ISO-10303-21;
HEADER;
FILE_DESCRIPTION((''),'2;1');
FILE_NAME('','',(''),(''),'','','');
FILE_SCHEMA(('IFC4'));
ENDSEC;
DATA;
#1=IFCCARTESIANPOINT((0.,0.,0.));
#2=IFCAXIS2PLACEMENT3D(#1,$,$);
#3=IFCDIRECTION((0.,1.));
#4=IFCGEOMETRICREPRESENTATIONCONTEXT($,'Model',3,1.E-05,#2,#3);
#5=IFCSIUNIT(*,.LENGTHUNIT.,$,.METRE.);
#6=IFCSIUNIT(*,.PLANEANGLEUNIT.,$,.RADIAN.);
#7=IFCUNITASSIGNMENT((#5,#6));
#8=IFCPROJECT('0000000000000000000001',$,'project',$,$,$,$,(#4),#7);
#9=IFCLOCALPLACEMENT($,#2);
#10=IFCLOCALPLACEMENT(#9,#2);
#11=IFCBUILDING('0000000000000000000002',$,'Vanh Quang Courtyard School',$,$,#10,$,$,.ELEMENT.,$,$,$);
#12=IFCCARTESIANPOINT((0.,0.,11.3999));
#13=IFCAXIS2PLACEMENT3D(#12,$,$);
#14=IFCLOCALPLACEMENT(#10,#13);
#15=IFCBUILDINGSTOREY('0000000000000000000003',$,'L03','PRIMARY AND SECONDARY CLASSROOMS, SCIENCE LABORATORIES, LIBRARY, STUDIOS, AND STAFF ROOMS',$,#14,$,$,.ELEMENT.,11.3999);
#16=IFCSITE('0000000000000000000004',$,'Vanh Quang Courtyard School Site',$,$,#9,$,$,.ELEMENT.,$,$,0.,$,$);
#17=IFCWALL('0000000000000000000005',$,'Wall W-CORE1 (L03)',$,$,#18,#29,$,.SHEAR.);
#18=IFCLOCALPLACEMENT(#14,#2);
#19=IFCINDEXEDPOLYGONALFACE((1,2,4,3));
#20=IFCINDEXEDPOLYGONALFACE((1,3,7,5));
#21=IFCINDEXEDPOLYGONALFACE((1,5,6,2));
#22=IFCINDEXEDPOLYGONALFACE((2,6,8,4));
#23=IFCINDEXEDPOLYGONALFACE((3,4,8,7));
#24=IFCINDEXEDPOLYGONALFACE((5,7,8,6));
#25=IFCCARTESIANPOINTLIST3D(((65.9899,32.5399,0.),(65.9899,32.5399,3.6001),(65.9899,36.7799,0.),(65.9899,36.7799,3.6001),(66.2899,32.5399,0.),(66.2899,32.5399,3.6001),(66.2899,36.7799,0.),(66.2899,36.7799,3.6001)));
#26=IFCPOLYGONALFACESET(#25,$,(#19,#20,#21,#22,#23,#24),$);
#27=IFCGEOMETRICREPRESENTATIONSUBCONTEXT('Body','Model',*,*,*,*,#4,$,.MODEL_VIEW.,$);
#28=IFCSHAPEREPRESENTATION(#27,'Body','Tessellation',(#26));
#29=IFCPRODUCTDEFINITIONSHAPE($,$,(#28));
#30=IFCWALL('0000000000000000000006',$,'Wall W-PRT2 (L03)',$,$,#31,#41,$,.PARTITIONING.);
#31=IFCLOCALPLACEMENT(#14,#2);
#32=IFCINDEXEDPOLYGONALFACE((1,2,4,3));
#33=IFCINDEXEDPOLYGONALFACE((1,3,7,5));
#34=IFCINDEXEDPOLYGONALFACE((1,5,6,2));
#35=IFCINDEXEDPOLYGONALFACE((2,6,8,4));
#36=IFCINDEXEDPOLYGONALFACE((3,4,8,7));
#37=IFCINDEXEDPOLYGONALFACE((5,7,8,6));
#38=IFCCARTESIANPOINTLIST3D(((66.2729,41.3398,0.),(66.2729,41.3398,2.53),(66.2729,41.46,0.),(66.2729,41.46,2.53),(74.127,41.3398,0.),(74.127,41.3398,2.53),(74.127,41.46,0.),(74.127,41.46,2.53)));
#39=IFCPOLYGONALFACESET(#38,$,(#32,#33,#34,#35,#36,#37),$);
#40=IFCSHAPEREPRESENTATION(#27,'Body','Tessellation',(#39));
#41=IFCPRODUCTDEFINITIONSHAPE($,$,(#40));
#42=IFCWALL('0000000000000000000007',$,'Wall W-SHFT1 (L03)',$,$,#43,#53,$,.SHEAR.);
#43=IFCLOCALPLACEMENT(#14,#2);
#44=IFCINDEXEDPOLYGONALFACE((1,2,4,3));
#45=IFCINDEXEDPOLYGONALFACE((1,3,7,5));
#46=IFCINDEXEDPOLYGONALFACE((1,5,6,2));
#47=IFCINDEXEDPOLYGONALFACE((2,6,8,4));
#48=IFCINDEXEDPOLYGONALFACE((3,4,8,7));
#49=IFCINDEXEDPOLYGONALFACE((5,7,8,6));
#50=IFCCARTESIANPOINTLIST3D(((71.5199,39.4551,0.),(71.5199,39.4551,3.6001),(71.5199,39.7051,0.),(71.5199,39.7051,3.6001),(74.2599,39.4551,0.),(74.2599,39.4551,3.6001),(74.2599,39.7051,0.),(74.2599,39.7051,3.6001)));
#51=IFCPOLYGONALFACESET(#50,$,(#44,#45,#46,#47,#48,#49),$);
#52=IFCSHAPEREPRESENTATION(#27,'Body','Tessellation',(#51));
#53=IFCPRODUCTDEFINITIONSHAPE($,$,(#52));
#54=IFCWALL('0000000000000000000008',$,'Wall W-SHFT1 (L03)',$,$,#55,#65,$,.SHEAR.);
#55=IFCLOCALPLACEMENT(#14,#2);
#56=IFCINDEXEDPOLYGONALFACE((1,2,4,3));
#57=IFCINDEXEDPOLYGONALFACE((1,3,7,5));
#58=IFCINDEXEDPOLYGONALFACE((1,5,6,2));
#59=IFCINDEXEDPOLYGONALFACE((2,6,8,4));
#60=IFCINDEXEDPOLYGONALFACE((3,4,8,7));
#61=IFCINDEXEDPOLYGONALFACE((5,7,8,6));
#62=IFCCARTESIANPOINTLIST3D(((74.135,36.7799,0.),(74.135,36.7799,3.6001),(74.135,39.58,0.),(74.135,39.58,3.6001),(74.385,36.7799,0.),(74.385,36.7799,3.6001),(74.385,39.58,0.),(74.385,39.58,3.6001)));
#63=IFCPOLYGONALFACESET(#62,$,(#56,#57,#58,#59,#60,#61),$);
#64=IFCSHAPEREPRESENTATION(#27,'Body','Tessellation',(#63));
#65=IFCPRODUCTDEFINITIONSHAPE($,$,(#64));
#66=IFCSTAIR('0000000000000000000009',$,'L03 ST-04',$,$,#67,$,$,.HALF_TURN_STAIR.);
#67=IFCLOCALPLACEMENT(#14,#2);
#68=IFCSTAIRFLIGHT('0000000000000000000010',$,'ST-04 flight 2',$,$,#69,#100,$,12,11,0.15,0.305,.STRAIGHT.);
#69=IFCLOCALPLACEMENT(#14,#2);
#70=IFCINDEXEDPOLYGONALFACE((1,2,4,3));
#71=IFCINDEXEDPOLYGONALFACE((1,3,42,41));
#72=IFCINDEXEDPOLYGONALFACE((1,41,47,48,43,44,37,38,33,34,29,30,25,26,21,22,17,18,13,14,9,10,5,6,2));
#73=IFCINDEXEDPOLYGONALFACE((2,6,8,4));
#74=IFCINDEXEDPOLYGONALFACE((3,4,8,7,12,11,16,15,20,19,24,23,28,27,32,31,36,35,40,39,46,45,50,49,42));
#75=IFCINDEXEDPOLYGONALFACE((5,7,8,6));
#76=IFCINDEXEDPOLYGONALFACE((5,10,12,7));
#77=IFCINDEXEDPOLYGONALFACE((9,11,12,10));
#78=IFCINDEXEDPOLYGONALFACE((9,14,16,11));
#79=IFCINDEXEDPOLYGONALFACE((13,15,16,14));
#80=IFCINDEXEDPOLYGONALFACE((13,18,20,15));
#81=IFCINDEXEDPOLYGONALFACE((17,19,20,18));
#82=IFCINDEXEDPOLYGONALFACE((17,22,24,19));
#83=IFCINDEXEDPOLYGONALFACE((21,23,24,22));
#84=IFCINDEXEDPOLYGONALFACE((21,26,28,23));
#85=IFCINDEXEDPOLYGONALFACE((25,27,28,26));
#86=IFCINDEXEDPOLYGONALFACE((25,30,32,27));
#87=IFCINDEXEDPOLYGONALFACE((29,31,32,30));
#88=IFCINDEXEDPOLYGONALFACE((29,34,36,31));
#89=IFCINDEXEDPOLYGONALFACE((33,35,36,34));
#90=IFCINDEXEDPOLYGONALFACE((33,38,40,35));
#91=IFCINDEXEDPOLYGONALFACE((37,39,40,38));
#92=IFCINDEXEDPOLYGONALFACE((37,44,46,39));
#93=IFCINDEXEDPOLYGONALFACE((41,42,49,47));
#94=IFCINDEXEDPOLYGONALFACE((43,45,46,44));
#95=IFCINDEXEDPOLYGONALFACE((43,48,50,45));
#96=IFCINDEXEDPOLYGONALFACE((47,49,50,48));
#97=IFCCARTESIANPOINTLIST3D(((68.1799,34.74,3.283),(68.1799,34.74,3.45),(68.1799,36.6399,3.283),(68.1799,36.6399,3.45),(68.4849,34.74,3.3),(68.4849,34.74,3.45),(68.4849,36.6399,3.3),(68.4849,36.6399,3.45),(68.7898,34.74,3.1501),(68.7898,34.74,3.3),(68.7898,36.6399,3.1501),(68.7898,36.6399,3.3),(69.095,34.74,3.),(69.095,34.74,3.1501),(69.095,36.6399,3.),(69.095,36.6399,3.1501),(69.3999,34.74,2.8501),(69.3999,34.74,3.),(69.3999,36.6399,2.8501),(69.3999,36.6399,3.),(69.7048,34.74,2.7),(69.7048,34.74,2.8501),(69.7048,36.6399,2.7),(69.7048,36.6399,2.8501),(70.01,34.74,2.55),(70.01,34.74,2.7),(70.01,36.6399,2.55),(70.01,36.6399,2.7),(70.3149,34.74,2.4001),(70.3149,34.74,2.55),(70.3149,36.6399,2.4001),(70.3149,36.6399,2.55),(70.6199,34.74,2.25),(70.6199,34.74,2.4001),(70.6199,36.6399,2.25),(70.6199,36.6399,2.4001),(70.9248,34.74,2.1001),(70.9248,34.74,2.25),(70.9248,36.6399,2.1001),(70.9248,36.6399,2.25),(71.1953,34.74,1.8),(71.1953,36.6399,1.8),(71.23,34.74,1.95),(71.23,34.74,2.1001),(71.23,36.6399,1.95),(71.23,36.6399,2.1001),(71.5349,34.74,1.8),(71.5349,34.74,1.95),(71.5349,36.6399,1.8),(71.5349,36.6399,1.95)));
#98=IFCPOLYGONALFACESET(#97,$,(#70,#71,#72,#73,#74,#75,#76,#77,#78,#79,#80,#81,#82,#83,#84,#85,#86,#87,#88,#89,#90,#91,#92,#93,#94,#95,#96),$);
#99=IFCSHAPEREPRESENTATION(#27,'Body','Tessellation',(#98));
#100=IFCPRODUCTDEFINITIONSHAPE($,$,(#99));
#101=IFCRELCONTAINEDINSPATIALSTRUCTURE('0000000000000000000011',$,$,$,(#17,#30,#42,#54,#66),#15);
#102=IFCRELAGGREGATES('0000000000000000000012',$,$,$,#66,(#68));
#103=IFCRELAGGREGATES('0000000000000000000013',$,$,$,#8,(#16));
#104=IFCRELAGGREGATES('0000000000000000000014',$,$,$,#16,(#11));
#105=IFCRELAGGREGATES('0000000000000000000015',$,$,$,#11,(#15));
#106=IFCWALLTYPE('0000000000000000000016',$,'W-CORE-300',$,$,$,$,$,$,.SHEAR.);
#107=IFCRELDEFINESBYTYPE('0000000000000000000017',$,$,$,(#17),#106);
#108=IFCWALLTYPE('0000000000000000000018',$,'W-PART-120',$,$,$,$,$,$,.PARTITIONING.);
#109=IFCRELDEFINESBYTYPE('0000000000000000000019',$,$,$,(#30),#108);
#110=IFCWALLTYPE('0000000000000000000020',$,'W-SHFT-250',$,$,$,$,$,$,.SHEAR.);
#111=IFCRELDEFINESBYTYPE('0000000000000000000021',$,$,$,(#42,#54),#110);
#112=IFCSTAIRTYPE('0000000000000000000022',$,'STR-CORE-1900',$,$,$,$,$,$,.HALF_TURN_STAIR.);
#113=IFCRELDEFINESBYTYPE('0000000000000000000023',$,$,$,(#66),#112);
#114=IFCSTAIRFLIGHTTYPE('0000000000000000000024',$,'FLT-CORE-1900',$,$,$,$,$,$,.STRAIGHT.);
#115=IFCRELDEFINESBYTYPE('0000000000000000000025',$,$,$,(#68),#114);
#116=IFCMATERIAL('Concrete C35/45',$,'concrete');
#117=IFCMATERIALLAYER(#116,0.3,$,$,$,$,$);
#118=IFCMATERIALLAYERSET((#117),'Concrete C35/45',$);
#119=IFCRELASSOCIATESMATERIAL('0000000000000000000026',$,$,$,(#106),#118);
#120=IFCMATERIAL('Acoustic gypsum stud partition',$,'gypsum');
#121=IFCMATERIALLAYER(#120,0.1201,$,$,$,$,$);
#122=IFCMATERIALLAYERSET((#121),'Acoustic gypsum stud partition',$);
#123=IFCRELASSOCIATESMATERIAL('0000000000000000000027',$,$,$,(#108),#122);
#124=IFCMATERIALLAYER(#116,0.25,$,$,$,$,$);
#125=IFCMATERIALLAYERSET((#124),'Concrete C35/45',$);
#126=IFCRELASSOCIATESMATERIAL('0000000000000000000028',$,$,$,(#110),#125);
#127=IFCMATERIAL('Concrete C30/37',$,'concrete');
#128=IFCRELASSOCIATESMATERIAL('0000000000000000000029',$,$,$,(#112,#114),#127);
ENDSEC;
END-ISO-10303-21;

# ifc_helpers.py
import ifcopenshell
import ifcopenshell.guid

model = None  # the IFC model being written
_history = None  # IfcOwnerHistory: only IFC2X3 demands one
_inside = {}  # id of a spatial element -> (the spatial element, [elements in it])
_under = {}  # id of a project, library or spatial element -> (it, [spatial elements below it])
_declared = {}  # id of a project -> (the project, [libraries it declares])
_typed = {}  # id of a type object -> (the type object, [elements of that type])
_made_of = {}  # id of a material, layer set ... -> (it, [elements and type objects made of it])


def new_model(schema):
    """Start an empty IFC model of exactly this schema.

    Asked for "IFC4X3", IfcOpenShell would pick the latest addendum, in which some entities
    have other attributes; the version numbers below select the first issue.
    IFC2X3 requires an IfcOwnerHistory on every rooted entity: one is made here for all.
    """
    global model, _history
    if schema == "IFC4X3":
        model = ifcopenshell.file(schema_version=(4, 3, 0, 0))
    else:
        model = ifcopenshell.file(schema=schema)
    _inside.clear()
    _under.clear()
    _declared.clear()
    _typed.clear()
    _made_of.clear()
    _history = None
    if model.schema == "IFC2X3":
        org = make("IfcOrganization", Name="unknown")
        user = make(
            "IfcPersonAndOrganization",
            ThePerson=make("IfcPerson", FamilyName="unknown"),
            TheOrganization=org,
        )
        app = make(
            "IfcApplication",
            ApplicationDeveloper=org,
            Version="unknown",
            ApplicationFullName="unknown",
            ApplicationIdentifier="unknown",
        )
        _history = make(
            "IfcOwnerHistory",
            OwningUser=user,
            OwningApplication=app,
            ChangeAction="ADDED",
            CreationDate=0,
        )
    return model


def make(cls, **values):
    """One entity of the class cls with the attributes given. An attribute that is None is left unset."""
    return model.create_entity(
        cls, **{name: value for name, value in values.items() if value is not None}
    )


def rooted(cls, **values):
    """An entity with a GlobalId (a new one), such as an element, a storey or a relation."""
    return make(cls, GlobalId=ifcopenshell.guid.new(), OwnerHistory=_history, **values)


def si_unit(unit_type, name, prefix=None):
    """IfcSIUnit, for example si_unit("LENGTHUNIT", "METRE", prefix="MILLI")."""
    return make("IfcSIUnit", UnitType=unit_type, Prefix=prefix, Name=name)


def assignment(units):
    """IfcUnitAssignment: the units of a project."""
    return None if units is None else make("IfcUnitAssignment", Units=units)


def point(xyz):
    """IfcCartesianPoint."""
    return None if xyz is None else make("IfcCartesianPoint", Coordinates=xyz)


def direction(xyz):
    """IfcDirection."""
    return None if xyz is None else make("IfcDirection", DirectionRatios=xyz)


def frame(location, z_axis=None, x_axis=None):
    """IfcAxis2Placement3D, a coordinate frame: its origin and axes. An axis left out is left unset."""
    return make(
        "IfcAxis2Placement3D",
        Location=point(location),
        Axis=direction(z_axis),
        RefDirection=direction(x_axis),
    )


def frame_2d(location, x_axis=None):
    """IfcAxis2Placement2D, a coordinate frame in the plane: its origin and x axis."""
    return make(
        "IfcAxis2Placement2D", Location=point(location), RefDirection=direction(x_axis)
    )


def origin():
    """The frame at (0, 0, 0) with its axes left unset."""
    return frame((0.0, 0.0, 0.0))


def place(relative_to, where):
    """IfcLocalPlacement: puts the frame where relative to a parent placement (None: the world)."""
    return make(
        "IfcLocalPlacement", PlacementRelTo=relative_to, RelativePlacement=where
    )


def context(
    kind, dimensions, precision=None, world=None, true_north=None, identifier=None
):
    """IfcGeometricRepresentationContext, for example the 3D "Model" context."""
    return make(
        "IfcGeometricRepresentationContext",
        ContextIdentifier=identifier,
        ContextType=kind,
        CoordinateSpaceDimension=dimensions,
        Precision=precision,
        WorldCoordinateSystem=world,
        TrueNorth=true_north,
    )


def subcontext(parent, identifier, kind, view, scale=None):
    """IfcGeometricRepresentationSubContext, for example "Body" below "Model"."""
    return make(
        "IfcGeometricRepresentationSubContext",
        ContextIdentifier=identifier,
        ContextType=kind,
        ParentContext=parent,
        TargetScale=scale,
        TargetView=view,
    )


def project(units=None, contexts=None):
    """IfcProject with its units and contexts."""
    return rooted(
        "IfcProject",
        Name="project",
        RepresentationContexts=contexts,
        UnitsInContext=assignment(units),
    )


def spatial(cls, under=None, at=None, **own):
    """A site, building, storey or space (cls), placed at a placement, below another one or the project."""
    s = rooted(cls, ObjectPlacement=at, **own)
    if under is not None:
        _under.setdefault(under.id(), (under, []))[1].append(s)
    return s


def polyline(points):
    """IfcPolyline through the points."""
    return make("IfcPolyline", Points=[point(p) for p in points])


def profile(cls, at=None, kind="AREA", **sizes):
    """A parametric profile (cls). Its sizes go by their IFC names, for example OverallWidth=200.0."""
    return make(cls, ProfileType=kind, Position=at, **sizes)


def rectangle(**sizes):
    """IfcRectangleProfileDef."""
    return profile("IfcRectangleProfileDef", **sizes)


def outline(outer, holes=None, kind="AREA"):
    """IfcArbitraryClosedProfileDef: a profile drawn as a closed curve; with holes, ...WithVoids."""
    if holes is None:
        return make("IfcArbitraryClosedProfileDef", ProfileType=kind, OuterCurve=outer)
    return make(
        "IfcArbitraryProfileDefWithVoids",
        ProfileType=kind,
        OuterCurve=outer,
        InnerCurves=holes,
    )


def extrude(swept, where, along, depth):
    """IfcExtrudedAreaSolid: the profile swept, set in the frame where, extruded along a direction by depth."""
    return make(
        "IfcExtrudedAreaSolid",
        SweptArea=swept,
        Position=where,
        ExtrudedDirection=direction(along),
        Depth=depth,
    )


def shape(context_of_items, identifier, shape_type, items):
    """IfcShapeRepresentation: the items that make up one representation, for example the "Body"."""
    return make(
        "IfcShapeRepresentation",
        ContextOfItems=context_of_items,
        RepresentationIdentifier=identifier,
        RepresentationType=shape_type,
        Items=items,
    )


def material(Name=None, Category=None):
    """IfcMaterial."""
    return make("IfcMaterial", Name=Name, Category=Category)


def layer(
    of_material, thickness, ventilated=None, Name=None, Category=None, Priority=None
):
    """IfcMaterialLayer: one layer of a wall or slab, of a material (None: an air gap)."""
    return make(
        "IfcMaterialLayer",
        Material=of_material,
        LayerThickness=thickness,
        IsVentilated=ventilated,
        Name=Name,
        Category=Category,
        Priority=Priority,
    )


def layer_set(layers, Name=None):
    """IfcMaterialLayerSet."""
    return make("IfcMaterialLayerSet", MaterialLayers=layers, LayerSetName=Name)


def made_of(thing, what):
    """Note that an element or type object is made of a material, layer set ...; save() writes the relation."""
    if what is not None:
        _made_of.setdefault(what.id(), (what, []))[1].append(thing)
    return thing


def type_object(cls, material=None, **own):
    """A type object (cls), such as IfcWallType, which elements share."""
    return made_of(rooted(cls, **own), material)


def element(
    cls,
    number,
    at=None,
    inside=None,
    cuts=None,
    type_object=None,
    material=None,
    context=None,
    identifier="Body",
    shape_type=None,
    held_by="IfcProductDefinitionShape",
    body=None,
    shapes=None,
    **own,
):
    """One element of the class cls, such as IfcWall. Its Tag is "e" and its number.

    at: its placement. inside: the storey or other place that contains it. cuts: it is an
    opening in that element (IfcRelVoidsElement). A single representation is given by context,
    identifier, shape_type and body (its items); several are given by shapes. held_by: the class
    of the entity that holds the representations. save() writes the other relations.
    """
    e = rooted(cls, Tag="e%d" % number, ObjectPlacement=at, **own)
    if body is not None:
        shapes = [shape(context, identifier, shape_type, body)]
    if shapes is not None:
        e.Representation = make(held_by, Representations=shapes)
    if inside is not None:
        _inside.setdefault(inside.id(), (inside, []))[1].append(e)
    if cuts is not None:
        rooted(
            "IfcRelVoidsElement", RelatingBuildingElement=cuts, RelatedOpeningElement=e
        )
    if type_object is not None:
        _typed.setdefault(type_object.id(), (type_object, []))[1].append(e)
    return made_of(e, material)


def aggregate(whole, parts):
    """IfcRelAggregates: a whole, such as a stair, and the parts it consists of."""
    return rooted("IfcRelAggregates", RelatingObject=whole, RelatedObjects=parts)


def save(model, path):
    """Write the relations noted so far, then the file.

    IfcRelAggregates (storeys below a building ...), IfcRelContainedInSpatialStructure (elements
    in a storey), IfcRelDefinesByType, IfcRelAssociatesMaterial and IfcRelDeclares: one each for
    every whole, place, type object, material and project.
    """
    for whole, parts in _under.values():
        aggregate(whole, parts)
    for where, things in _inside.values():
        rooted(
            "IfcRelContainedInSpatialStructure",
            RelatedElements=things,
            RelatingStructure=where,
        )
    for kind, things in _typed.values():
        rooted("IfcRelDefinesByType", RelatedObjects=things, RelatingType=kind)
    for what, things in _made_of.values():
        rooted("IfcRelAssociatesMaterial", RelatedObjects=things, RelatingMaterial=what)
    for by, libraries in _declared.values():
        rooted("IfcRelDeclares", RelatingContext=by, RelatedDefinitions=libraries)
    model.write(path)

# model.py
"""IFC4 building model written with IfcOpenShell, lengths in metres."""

from ifc_helpers import new_model, si_unit, direction, frame, frame_2d, origin, place, context, subcontext, project, spatial, polyline, rectangle, outline, extrude, material, layer, layer_set, type_object, element, aggregate, save


model = new_model("IFC4")

# Units and contexts
model_context = context("Model", 3, precision=1e-05, world=origin(), true_north=direction((0.0, 1.0)))
body_context = subcontext(model_context, "Body", "Model", "MODEL_VIEW")
ifc_project = project(units=[si_unit("LENGTHUNIT", "METRE"), si_unit("PLANEANGLEUNIT", "RADIAN")], contexts=[model_context])

# Site, building, storey
site_placement = place(None, origin())
site = spatial("IfcSite", under=ifc_project, at=site_placement, Name="Vanh Quang Courtyard School Site", CompositionType="ELEMENT", RefElevation=0.0)
building_placement = place(site_placement, origin())
building = spatial("IfcBuilding", under=site, at=building_placement, Name="Vanh Quang Courtyard School", CompositionType="ELEMENT")
storey_placement = place(building_placement, frame((0.0, 0.0, 11.3999)))
storey = spatial("IfcBuildingStorey", under=building, at=storey_placement, Name="L03", Description="PRIMARY AND SECONDARY CLASSROOMS, SCIENCE LABORATORIES, LIBRARY, STUDIOS, AND STAFF ROOMS", CompositionType="ELEMENT", Elevation=11.3999)

# Shared definitions
ifc_material_1 = material(Name="Concrete C35/45", Category="concrete")

# Shared definitions
ifc_layer_1 = layer(ifc_material_1, 0.3)
ifc_layer_set_1 = layer_set([ifc_layer_1], Name="Concrete C35/45")
wall_type_1 = type_object("IfcWallType", Name="W-CORE-300", PredefinedType="SHEAR", material=ifc_layer_set_1)

# Walls
wall_1_placement = place(storey_placement, frame((66.1399, 36.78, 0.0), z_axis=(0.0, 0.0, 1.0), x_axis=(0.0, -1.0, 0.0)))
element("IfcWall", 1, at=wall_1_placement, inside=storey, type_object=wall_type_1, Name="Wall W-CORE1 (L03)", PredefinedType="SHEAR", context=body_context, shape_type="SweptSolid", body=[
    extrude(rectangle(XDim=4.24, YDim=0.3, at=frame_2d((2.1201, 0.0))), origin(), (0.0, 0.0, 1.0), 3.6001),
])
ifc_material_2 = material(Name="Acoustic gypsum stud partition", Category="gypsum")
ifc_layer_2 = layer(ifc_material_2, 0.1201)
ifc_layer_set_2 = layer_set([ifc_layer_2], Name="Acoustic gypsum stud partition")
wall_type_2 = type_object("IfcWallType", Name="W-PART-120", PredefinedType="PARTITIONING", material=ifc_layer_set_2)
wall_2_placement = place(storey_placement, frame((74.127, 41.3999, 0.0), z_axis=(0.0, 0.0, 1.0), x_axis=(-1.0, 0.0, 0.0)))
element("IfcWall", 2, at=wall_2_placement, inside=storey, type_object=wall_type_2, Name="Wall W-PRT2 (L03)", PredefinedType="PARTITIONING", context=body_context, shape_type="SweptSolid", body=[
    extrude(rectangle(XDim=7.854, YDim=0.1201, at=frame_2d((3.927, 0.0))), origin(), (0.0, 0.0, 1.0), 2.53),
])

# Shared definitions
ifc_layer_3 = layer(ifc_material_1, 0.25)
ifc_layer_set_3 = layer_set([ifc_layer_3], Name="Concrete C35/45")
wall_type_3 = type_object("IfcWallType", Name="W-SHFT-250", PredefinedType="SHEAR", material=ifc_layer_set_3)

# Walls
wall_3_placement = place(storey_placement, frame((74.26, 39.5801, 0.0), z_axis=(0.0, 0.0, 1.0), x_axis=(-1.0, 0.0, 0.0)))
element("IfcWall", 3, at=wall_3_placement, inside=storey, type_object=wall_type_3, Name="Wall W-SHFT1 (L03)", PredefinedType="SHEAR", context=body_context, shape_type="SweptSolid", body=[
    extrude(rectangle(XDim=2.74, YDim=0.25, at=frame_2d((1.3701, 0.0))), origin(), (0.0, 0.0, 1.0), 3.6001),
])
wall_4_placement = place(storey_placement, frame((74.26, 36.78, 0.0), z_axis=(0.0, 0.0, 1.0), x_axis=(0.0, 1.0, 0.0)))
element("IfcWall", 4, at=wall_4_placement, inside=storey, type_object=wall_type_3, Name="Wall W-SHFT1 (L03)", PredefinedType="SHEAR", context=body_context, shape_type="SweptSolid", body=[
    extrude(rectangle(XDim=2.8, YDim=0.25, at=frame_2d((1.3999, 0.0))), origin(), (0.0, 0.0, 1.0), 3.6001),
])

# Stair, stair flight
ifc_material_3 = material(Name="Concrete C30/37", Category="concrete")
stair_type = type_object("IfcStairType", Name="STR-CORE-1900", PredefinedType="HALF_TURN_STAIR", material=ifc_material_3)
stair_placement = place(storey_placement, origin())
stair = element("IfcStair", 5, at=stair_placement, inside=storey, type_object=stair_type, Name="L03 ST-04", PredefinedType="HALF_TURN_STAIR")
stair_flight_type = type_object("IfcStairFlightType", Name="FLT-CORE-1900", PredefinedType="STRAIGHT", material=ifc_material_3)
stair_flight_placement = place(storey_placement, frame((71.5349, 35.6899, 1.8), z_axis=(0.0, 0.0, 1.0), x_axis=(-1.0, 0.0, 0.0)))
stair_flight = element("IfcStairFlight", 6, at=stair_flight_placement, type_object=stair_flight_type, Name="ST-04 flight 2", NumberOfRisers=12, NumberOfTreads=11, PredefinedType="STRAIGHT", RiserHeight=0.15, TreadLength=0.305, context=body_context, shape_type="SweptSolid", body=[
    extrude(outline(polyline([(0.0, 0.0), (0.0, 0.1499), (0.3049, 0.1499), (0.3049, 0.3), (0.6101, 0.3), (0.6101, 0.45), (0.915, 0.45), (0.915, 0.6001), (1.22, 0.6001), (1.22, 0.75), (1.5249, 0.75), (1.5249, 0.8999), (1.8301, 0.8999), (1.8301, 1.05), (2.135, 1.05), (2.135, 1.2), (2.4399, 1.2), (2.4399, 1.3501), (2.7451, 1.3501), (2.7451, 1.5), (3.05, 1.5), (3.05, 1.6499), (3.355, 1.6499), (3.355, 1.8), (3.355, 1.4829), (0.3396, 0.0), (0.0, 0.0)])), frame((0.0, 0.95, 0.0), z_axis=(0.0, -1.0, 0.0), x_axis=(1.0, 0.0, 0.0)), (0.0, 0.0, 1.0), 1.8999),
])
aggregate(stair, [stair_flight])

save(model, "model.ifc")
